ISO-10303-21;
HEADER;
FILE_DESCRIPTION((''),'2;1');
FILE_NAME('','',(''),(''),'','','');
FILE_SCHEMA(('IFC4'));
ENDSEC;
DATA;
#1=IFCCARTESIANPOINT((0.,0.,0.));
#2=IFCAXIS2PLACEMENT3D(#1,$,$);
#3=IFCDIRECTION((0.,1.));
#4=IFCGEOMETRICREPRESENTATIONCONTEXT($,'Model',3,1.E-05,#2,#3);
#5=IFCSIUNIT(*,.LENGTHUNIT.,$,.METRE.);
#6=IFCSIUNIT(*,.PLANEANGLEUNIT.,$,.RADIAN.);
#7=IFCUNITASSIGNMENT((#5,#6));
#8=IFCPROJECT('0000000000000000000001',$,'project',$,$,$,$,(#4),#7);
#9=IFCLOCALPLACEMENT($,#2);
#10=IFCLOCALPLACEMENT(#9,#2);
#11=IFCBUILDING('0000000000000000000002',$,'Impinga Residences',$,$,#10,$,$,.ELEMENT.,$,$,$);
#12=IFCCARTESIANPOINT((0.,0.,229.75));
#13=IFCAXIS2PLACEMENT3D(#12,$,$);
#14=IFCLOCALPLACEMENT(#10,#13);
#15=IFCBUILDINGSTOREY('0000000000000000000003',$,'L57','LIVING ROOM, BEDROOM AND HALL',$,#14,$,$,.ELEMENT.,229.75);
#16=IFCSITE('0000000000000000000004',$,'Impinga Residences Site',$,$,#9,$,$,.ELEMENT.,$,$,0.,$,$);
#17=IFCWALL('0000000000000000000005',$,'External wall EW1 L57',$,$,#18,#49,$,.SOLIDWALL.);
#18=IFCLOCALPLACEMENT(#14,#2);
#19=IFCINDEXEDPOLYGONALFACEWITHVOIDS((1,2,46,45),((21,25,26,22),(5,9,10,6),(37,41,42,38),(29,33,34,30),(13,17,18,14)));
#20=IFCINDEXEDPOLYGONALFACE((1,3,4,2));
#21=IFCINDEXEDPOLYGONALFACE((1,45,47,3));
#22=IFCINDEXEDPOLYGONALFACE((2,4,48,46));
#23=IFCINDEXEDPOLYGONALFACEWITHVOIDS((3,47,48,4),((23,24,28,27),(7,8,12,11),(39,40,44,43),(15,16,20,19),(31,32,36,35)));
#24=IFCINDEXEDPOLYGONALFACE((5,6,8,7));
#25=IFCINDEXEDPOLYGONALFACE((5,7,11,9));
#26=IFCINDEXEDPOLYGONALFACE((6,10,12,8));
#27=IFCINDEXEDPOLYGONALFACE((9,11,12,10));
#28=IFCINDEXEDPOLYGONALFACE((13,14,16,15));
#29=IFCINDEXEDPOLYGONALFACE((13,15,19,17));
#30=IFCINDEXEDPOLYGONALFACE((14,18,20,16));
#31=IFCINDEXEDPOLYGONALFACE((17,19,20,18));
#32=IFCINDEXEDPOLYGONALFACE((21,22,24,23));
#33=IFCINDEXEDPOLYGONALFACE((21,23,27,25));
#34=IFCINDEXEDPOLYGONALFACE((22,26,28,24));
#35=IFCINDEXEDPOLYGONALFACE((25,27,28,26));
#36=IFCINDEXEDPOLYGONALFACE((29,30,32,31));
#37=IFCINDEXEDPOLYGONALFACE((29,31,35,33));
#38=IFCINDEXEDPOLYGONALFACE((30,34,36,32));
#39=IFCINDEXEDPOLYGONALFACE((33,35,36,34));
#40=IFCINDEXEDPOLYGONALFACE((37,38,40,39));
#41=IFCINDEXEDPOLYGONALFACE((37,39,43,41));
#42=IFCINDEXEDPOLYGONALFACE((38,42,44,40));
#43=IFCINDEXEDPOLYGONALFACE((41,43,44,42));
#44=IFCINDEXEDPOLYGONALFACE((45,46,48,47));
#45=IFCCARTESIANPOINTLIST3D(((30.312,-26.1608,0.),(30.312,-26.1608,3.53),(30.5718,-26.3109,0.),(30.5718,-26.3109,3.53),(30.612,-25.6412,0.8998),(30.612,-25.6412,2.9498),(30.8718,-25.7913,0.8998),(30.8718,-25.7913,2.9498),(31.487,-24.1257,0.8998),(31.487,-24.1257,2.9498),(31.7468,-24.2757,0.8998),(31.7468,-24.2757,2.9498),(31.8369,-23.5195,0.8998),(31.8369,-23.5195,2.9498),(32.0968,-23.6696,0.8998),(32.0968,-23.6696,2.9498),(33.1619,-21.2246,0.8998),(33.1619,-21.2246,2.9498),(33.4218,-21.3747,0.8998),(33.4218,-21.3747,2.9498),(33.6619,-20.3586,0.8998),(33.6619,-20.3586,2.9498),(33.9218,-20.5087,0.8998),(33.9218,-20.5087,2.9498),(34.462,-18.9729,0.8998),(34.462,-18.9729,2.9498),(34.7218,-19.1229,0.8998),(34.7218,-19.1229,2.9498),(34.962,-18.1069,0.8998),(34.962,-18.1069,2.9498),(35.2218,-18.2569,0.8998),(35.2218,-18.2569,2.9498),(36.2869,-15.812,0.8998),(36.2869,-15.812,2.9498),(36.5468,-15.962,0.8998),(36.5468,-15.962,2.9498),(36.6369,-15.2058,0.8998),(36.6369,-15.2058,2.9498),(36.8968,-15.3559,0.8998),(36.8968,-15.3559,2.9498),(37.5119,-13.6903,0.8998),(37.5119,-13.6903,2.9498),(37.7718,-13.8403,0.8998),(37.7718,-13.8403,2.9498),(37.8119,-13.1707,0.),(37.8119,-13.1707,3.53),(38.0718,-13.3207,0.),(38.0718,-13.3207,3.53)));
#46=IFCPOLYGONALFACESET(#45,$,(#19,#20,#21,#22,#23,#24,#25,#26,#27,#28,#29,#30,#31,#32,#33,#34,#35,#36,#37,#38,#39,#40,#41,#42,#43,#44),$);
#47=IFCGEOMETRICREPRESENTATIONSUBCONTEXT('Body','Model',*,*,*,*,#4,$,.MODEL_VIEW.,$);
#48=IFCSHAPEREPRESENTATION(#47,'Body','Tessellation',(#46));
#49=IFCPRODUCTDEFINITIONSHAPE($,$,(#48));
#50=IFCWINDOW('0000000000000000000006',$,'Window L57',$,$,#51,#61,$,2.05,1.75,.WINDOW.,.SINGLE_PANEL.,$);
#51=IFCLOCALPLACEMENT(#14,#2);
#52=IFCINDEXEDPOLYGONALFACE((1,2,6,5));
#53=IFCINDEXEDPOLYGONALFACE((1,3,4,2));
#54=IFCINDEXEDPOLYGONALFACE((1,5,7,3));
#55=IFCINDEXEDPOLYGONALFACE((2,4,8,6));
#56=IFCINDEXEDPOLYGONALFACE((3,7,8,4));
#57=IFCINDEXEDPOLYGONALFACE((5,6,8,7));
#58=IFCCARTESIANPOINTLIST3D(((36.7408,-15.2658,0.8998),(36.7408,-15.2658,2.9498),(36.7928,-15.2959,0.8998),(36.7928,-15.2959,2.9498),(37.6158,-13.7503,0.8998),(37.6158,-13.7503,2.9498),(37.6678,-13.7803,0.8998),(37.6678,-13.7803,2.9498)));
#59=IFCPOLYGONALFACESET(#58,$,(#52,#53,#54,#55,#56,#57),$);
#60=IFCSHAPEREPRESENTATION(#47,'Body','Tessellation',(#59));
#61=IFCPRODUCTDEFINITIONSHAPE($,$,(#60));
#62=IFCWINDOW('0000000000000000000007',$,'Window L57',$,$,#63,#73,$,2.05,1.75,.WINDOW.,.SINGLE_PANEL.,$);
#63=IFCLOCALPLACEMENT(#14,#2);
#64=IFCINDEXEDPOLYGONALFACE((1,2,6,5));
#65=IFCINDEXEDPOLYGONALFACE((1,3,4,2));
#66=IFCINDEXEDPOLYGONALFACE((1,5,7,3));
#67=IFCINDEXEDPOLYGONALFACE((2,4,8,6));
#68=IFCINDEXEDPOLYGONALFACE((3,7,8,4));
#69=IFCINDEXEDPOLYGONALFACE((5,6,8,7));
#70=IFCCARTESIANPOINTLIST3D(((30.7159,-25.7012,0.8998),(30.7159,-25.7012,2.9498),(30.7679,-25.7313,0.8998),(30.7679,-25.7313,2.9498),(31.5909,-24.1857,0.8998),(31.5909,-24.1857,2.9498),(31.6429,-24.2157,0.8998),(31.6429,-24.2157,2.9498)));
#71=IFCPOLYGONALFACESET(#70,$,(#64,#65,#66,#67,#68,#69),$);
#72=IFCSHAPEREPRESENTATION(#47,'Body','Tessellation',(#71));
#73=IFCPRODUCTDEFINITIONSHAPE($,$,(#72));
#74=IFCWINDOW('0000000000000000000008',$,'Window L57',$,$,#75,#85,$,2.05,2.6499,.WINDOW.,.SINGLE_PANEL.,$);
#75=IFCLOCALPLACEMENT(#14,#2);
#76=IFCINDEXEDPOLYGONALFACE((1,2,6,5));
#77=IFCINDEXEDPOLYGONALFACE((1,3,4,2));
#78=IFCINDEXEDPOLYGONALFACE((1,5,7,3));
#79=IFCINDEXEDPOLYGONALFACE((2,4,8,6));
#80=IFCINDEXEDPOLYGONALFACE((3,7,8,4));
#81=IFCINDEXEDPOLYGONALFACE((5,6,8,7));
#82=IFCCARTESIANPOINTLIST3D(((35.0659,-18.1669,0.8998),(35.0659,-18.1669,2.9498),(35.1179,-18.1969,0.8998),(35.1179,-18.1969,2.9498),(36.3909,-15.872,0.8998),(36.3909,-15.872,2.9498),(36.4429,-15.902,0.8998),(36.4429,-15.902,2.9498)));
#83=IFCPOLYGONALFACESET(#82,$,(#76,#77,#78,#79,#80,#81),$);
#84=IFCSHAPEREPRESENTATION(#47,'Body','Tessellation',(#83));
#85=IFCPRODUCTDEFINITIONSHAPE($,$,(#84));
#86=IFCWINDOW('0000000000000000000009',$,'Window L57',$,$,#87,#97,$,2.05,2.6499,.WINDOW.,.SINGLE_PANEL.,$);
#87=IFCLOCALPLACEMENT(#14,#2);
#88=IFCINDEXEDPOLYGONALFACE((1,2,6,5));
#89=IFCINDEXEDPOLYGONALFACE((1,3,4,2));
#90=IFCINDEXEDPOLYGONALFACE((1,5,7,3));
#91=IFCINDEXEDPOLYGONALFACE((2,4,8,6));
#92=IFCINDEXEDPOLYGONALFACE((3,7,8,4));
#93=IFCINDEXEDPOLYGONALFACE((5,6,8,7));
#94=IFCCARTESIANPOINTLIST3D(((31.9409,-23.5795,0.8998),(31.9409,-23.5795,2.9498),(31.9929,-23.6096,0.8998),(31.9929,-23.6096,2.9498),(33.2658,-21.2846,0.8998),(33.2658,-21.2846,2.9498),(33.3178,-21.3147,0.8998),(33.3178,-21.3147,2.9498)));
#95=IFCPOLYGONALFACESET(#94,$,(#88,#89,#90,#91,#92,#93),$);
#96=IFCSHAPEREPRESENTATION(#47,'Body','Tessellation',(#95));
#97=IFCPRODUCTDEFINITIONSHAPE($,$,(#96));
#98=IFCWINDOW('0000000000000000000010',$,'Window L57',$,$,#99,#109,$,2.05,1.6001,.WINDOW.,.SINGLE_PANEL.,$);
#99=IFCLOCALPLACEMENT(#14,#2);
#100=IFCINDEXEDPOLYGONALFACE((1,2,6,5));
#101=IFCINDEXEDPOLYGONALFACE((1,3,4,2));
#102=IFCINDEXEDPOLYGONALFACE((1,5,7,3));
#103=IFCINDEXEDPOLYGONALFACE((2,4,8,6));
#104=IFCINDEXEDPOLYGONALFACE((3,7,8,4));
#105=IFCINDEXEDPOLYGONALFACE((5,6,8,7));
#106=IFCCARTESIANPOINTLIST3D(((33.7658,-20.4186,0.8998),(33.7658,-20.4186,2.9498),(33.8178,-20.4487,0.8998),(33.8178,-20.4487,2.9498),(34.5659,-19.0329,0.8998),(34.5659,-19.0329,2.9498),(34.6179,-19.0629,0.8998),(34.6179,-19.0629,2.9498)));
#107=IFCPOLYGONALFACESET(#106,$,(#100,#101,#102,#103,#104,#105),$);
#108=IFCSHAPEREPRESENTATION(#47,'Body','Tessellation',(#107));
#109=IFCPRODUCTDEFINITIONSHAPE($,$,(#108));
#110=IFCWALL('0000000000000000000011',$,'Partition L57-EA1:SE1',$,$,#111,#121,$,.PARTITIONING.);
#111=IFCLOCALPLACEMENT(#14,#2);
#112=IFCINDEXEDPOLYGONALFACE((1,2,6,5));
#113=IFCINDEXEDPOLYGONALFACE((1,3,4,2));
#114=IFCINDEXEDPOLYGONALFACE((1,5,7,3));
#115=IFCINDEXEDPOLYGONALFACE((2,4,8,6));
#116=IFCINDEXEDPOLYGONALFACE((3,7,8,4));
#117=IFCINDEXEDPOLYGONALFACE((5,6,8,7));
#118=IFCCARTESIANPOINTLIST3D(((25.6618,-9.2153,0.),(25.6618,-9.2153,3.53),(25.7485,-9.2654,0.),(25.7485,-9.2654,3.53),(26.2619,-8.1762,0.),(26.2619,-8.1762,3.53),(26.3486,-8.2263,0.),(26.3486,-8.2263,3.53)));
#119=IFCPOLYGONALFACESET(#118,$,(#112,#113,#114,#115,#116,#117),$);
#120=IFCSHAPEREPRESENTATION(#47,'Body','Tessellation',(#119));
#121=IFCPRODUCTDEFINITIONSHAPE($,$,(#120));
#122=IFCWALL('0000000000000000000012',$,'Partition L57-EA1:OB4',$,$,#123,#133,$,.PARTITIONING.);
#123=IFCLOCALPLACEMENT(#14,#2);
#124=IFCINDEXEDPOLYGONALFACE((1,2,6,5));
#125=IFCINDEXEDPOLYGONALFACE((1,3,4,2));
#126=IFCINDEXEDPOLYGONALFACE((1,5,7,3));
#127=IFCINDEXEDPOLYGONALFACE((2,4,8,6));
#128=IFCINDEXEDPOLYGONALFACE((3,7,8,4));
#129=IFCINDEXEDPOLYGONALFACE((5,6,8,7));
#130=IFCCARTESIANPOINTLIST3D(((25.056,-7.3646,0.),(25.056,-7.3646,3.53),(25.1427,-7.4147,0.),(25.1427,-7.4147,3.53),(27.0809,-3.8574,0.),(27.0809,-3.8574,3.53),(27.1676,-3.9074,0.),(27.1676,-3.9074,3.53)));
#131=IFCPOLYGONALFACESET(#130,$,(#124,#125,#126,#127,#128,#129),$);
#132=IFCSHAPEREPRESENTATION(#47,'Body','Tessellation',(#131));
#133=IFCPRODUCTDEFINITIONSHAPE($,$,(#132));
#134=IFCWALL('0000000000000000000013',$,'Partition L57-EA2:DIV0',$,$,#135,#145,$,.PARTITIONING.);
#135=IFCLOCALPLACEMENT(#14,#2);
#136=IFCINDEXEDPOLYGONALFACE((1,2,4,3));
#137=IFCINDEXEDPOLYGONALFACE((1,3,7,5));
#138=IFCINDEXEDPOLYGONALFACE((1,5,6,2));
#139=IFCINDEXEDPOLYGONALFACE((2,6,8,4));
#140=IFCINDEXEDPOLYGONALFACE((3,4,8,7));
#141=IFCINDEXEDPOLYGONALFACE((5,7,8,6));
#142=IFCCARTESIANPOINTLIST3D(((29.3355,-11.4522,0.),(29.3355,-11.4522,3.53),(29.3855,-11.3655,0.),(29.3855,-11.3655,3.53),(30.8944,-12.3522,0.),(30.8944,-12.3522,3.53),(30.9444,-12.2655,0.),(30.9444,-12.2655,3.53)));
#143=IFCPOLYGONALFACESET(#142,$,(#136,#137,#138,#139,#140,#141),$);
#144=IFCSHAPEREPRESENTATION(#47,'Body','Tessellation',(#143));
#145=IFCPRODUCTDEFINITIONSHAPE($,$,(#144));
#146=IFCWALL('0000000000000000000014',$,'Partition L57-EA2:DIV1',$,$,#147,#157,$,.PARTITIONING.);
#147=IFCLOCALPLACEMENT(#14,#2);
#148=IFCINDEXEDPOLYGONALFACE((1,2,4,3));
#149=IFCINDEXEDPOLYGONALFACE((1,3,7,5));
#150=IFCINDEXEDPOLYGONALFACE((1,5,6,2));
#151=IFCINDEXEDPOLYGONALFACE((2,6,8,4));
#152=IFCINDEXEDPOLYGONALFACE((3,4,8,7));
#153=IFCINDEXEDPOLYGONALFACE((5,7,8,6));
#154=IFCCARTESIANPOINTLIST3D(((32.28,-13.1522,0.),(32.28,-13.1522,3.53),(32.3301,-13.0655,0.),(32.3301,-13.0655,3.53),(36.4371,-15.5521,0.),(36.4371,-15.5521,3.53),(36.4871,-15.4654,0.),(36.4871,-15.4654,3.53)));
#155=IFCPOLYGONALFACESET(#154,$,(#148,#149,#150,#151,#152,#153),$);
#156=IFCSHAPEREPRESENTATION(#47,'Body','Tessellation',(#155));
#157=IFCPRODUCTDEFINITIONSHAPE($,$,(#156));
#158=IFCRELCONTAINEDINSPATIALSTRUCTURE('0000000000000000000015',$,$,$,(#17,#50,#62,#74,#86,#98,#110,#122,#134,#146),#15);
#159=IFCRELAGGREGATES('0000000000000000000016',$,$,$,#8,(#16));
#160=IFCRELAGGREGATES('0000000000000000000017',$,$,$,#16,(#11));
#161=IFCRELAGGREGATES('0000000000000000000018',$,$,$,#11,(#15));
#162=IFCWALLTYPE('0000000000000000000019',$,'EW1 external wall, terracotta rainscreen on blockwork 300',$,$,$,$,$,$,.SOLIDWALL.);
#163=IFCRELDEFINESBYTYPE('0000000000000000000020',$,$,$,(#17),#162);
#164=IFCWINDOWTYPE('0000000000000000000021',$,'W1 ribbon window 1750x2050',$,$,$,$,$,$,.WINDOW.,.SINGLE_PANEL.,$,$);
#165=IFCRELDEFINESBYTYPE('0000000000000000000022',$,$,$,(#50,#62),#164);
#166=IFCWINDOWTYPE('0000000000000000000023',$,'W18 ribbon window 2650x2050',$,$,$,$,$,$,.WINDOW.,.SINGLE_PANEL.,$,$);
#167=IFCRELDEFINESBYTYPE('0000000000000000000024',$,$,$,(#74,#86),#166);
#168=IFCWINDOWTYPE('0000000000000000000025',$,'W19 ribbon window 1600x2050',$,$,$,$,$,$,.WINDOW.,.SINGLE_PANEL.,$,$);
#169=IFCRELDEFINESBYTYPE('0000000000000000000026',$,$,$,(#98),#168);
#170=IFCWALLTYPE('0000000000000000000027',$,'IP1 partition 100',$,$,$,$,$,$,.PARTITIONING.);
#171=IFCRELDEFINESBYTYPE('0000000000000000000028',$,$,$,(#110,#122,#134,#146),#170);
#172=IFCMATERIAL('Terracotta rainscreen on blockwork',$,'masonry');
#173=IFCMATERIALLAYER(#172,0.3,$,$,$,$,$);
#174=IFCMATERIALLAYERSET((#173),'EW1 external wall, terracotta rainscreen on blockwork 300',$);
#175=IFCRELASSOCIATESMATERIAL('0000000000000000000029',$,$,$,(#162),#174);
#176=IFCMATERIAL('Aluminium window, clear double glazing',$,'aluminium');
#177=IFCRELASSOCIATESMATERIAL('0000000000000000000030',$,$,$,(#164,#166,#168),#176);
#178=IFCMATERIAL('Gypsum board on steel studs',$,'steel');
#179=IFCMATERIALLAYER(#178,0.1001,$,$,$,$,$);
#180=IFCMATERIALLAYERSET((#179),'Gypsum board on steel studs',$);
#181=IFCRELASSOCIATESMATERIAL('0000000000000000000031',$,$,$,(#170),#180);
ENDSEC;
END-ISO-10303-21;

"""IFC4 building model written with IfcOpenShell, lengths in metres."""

from ifc_helpers import new_model, si_unit, direction, frame, frame_2d, origin, place, context, subcontext, project, spatial, rectangle, extrude, material, layer, layer_set, type_object, element, fill, save


model = new_model("IFC4")

# Units and contexts
model_context = context("Model", 3, precision=1e-05, world=origin(), true_north=direction((0.0, 1.0)))
body_context = subcontext(model_context, "Body", "Model", "MODEL_VIEW")
ifc_project = project(units=[si_unit("LENGTHUNIT", "METRE"), si_unit("PLANEANGLEUNIT", "RADIAN")], contexts=[model_context])

# Site, building, storey
site_placement = place(None, origin())
site = spatial("IfcSite", under=ifc_project, at=site_placement, Name="Impinga Residences Site", CompositionType="ELEMENT", RefElevation=0.0)
building_placement = place(site_placement, origin())
building = spatial("IfcBuilding", under=site, at=building_placement, Name="Impinga Residences", CompositionType="ELEMENT")
storey_placement = place(building_placement, frame((0.0, 0.0, 229.75)))
storey = spatial("IfcBuildingStorey", under=building, at=storey_placement, Name="L57", Description="LIVING ROOM, BEDROOM AND HALL", CompositionType="ELEMENT", Elevation=229.75)

# Shared definitions
ifc_material_1 = material(Name="Terracotta rainscreen on blockwork", Category="masonry")
ifc_layer_1 = layer(ifc_material_1, 0.3)
ifc_layer_set_1 = layer_set([ifc_layer_1], Name="EW1 external wall, terracotta rainscreen on blockwork 300")
wall_type_1 = type_object("IfcWallType", Name="EW1 external wall, terracotta rainscreen on blockwork 300", PredefinedType="SOLIDWALL", material=ifc_layer_set_1)

# Wall, openings, windows
wall_1_placement = place(storey_placement, frame((37.9419, -13.2456, 0.0), z_axis=(0.0, 0.0, 1.0), x_axis=(-0.500004, -0.866023, 0.0)))
wall_1 = element("IfcWall", 1, at=wall_1_placement, inside=storey, type_object=wall_type_1, Name="External wall EW1 L57", PredefinedType="SOLIDWALL", context=body_context, shape_type="SweptSolid", body=[
    extrude(rectangle(XDim=14.9998, YDim=0.3, at=frame_2d((7.5, 0.0))), origin(), (0.0, 0.0, 1.0), 3.53),
])
opening_1_placement = place(wall_1_placement, frame((0.6001, 0.0, 0.8999)))
opening_1 = element("IfcOpeningElement", 2, at=opening_1_placement, cuts=wall_1, PredefinedType="OPENING", context=body_context, shape_type="SweptSolid", body=[
    extrude(rectangle(XDim=1.75, YDim=2.05, at=frame_2d((0.875, 1.0249))), frame((0.0, 0.1599, 0.0), z_axis=(0.0, -1.0, 0.0), x_axis=(1.0, 0.0, 0.0)), (0.0, 0.0, 1.0), 0.3201),
])
opening_2_placement = place(wall_1_placement, frame((3.05, 0.0, 0.8999)))
opening_2 = element("IfcOpeningElement", 3, at=opening_2_placement, cuts=wall_1, PredefinedType="OPENING", context=body_context, shape_type="SweptSolid", body=[
    extrude(rectangle(XDim=2.6499, YDim=2.05, at=frame_2d((1.325, 1.0249))), frame((0.0, 0.1599, 0.0), z_axis=(0.0, -1.0, 0.0), x_axis=(1.0, 0.0, 0.0)), (0.0, 0.0, 1.0), 0.3201),
])
opening_3_placement = place(wall_1_placement, frame((6.7, 0.0, 0.8999)))
opening_3 = element("IfcOpeningElement", 4, at=opening_3_placement, cuts=wall_1, PredefinedType="OPENING", context=body_context, shape_type="SweptSolid", body=[
    extrude(rectangle(XDim=1.6001, YDim=2.05, at=frame_2d((0.8, 1.0249))), frame((0.0, 0.1599, 0.0), z_axis=(0.0, -1.0, 0.0), x_axis=(1.0, 0.0, 0.0)), (0.0, 0.0, 1.0), 0.3201),
])
opening_4_placement = place(wall_1_placement, frame((9.3, 0.0, 0.8999)))
opening_4 = element("IfcOpeningElement", 5, at=opening_4_placement, cuts=wall_1, PredefinedType="OPENING", context=body_context, shape_type="SweptSolid", body=[
    extrude(rectangle(XDim=2.6499, YDim=2.05, at=frame_2d((1.325, 1.0249))), frame((0.0, 0.1599, 0.0), z_axis=(0.0, -1.0, 0.0), x_axis=(1.0, 0.0, 0.0)), (0.0, 0.0, 1.0), 0.3201),
])
opening_5_placement = place(wall_1_placement, frame((12.6499, 0.0, 0.8999)))
opening_5 = element("IfcOpeningElement", 6, at=opening_5_placement, cuts=wall_1, PredefinedType="OPENING", context=body_context, shape_type="SweptSolid", body=[
    extrude(rectangle(XDim=1.75, YDim=2.05, at=frame_2d((0.875, 1.0249))), frame((0.0, 0.1599, 0.0), z_axis=(0.0, -1.0, 0.0), x_axis=(1.0, 0.0, 0.0)), (0.0, 0.0, 1.0), 0.3201),
])
ifc_material_2 = material(Name="Aluminium window, clear double glazing", Category="aluminium")
window_type_1 = type_object("IfcWindowType", Name="W1 ribbon window 1750x2050", PartitioningType="SINGLE_PANEL", PredefinedType="WINDOW", material=ifc_material_2)
window_1_placement = place(opening_1_placement, origin())
window_1 = element("IfcWindow", 7, at=window_1_placement, inside=storey, type_object=window_type_1, Name="Window L57", OverallHeight=2.05, OverallWidth=1.75, PartitioningType="SINGLE_PANEL", PredefinedType="WINDOW", context=body_context, shape_type="SweptSolid", body=[
    extrude(rectangle(XDim=1.75, YDim=2.05, at=frame_2d((0.875, 1.0249))), frame((0.0, 0.03, 0.0), z_axis=(0.0, -1.0, 0.0), x_axis=(1.0, 0.0, 0.0)), (0.0, 0.0, 1.0), 0.0601),
])
fill(opening_1, window_1)
window_2_placement = place(opening_5_placement, origin())
window_2 = element("IfcWindow", 8, at=window_2_placement, inside=storey, type_object=window_type_1, Name="Window L57", OverallHeight=2.05, OverallWidth=1.75, PartitioningType="SINGLE_PANEL", PredefinedType="WINDOW", context=body_context, shape_type="SweptSolid", body=[
    extrude(rectangle(XDim=1.75, YDim=2.05, at=frame_2d((0.875, 1.0249))), frame((0.0, 0.03, 0.0), z_axis=(0.0, -1.0, 0.0), x_axis=(1.0, 0.0, 0.0)), (0.0, 0.0, 1.0), 0.0601),
])
fill(opening_5, window_2)
window_type_2 = type_object("IfcWindowType", Name="W18 ribbon window 2650x2050", PartitioningType="SINGLE_PANEL", PredefinedType="WINDOW", material=ifc_material_2)
window_3_placement = place(opening_2_placement, origin())
window_3 = element("IfcWindow", 9, at=window_3_placement, inside=storey, type_object=window_type_2, Name="Window L57", OverallHeight=2.05, OverallWidth=2.6499, PartitioningType="SINGLE_PANEL", PredefinedType="WINDOW", context=body_context, shape_type="SweptSolid", body=[
    extrude(rectangle(XDim=2.6499, YDim=2.05, at=frame_2d((1.325, 1.0249))), frame((0.0, 0.03, 0.0), z_axis=(0.0, -1.0, 0.0), x_axis=(1.0, 0.0, 0.0)), (0.0, 0.0, 1.0), 0.0601),
])
fill(opening_2, window_3)
window_4_placement = place(opening_4_placement, origin())
window_4 = element("IfcWindow", 10, at=window_4_placement, inside=storey, type_object=window_type_2, Name="Window L57", OverallHeight=2.05, OverallWidth=2.6499, PartitioningType="SINGLE_PANEL", PredefinedType="WINDOW", context=body_context, shape_type="SweptSolid", body=[
    extrude(rectangle(XDim=2.6499, YDim=2.05, at=frame_2d((1.325, 1.0249))), frame((0.0, 0.03, 0.0), z_axis=(0.0, -1.0, 0.0), x_axis=(1.0, 0.0, 0.0)), (0.0, 0.0, 1.0), 0.0601),
])
fill(opening_4, window_4)
window_type_3 = type_object("IfcWindowType", Name="W19 ribbon window 1600x2050", PartitioningType="SINGLE_PANEL", PredefinedType="WINDOW", material=ifc_material_2)
window_5_placement = place(opening_3_placement, origin())
window_5 = element("IfcWindow", 11, at=window_5_placement, inside=storey, type_object=window_type_3, Name="Window L57", OverallHeight=2.05, OverallWidth=1.6001, PartitioningType="SINGLE_PANEL", PredefinedType="WINDOW", context=body_context, shape_type="SweptSolid", body=[
    extrude(rectangle(XDim=1.6001, YDim=2.05, at=frame_2d((0.8, 1.0249))), frame((0.0, 0.03, 0.0), z_axis=(0.0, -1.0, 0.0), x_axis=(1.0, 0.0, 0.0)), (0.0, 0.0, 1.0), 0.0601),
])
fill(opening_3, window_5)

# Walls
ifc_material_3 = material(Name="Gypsum board on steel studs", Category="steel")
ifc_layer_2 = layer(ifc_material_3, 0.1001)
ifc_layer_set_2 = layer_set([ifc_layer_2], Name="Gypsum board on steel studs")
wall_type_2 = type_object("IfcWallType", Name="IP1 partition 100", PredefinedType="PARTITIONING", material=ifc_layer_set_2)
wall_2_placement = place(storey_placement, frame((25.7051, -9.2405, 0.0), z_axis=(0.0, 0.0, 1.0), x_axis=(0.500122, 0.865955, 0.0)))
element("IfcWall", 12, at=wall_2_placement, inside=storey, type_object=wall_type_2, Name="Partition L57-EA1:SE1", PredefinedType="PARTITIONING", context=body_context, shape_type="SweptSolid", body=[
    extrude(rectangle(XDim=1.2, YDim=0.1001, at=frame_2d((0.6001, 0.0))), origin(), (0.0, 0.0, 1.0), 3.53),
])
wall_3_placement = place(storey_placement, frame((25.0994, -7.3896, 0.0), z_axis=(0.0, 0.0, 1.0), x_axis=(0.49999, 0.866031, 0.0)))
element("IfcWall", 13, at=wall_3_placement, inside=storey, type_object=wall_type_2, Name="Partition L57-EA1:OB4", PredefinedType="PARTITIONING", context=body_context, shape_type="SweptSolid", body=[
    extrude(rectangle(XDim=4.0498, YDim=0.1001, at=frame_2d((2.0249, 0.0))), origin(), (0.0, 0.0, 1.0), 3.53),
])
wall_4_placement = place(storey_placement, frame((29.3606, -11.4089, 0.0), z_axis=(0.0, 0.0, 1.0), x_axis=(0.866048, -0.499961, 0.0)))
element("IfcWall", 14, at=wall_4_placement, inside=storey, type_object=wall_type_2, Name="Partition L57-EA2:DIV0", PredefinedType="PARTITIONING", context=body_context, shape_type="SweptSolid", body=[
    extrude(rectangle(XDim=1.8, YDim=0.1001, at=frame_2d((0.8999, 0.0))), origin(), (0.0, 0.0, 1.0), 3.53),
])
wall_5_placement = place(storey_placement, frame((32.3052, -13.1089, 0.0), z_axis=(0.0, 0.0, 1.0), x_axis=(0.866037, -0.499979, 0.0)))
element("IfcWall", 15, at=wall_5_placement, inside=storey, type_object=wall_type_2, Name="Partition L57-EA2:DIV1", PredefinedType="PARTITIONING", context=body_context, shape_type="SweptSolid", body=[
    extrude(rectangle(XDim=4.8, YDim=0.1001, at=frame_2d((2.3999, 0.0))), origin(), (0.0, 0.0, 1.0), 3.53),
])

save(model, "model.ifc")
